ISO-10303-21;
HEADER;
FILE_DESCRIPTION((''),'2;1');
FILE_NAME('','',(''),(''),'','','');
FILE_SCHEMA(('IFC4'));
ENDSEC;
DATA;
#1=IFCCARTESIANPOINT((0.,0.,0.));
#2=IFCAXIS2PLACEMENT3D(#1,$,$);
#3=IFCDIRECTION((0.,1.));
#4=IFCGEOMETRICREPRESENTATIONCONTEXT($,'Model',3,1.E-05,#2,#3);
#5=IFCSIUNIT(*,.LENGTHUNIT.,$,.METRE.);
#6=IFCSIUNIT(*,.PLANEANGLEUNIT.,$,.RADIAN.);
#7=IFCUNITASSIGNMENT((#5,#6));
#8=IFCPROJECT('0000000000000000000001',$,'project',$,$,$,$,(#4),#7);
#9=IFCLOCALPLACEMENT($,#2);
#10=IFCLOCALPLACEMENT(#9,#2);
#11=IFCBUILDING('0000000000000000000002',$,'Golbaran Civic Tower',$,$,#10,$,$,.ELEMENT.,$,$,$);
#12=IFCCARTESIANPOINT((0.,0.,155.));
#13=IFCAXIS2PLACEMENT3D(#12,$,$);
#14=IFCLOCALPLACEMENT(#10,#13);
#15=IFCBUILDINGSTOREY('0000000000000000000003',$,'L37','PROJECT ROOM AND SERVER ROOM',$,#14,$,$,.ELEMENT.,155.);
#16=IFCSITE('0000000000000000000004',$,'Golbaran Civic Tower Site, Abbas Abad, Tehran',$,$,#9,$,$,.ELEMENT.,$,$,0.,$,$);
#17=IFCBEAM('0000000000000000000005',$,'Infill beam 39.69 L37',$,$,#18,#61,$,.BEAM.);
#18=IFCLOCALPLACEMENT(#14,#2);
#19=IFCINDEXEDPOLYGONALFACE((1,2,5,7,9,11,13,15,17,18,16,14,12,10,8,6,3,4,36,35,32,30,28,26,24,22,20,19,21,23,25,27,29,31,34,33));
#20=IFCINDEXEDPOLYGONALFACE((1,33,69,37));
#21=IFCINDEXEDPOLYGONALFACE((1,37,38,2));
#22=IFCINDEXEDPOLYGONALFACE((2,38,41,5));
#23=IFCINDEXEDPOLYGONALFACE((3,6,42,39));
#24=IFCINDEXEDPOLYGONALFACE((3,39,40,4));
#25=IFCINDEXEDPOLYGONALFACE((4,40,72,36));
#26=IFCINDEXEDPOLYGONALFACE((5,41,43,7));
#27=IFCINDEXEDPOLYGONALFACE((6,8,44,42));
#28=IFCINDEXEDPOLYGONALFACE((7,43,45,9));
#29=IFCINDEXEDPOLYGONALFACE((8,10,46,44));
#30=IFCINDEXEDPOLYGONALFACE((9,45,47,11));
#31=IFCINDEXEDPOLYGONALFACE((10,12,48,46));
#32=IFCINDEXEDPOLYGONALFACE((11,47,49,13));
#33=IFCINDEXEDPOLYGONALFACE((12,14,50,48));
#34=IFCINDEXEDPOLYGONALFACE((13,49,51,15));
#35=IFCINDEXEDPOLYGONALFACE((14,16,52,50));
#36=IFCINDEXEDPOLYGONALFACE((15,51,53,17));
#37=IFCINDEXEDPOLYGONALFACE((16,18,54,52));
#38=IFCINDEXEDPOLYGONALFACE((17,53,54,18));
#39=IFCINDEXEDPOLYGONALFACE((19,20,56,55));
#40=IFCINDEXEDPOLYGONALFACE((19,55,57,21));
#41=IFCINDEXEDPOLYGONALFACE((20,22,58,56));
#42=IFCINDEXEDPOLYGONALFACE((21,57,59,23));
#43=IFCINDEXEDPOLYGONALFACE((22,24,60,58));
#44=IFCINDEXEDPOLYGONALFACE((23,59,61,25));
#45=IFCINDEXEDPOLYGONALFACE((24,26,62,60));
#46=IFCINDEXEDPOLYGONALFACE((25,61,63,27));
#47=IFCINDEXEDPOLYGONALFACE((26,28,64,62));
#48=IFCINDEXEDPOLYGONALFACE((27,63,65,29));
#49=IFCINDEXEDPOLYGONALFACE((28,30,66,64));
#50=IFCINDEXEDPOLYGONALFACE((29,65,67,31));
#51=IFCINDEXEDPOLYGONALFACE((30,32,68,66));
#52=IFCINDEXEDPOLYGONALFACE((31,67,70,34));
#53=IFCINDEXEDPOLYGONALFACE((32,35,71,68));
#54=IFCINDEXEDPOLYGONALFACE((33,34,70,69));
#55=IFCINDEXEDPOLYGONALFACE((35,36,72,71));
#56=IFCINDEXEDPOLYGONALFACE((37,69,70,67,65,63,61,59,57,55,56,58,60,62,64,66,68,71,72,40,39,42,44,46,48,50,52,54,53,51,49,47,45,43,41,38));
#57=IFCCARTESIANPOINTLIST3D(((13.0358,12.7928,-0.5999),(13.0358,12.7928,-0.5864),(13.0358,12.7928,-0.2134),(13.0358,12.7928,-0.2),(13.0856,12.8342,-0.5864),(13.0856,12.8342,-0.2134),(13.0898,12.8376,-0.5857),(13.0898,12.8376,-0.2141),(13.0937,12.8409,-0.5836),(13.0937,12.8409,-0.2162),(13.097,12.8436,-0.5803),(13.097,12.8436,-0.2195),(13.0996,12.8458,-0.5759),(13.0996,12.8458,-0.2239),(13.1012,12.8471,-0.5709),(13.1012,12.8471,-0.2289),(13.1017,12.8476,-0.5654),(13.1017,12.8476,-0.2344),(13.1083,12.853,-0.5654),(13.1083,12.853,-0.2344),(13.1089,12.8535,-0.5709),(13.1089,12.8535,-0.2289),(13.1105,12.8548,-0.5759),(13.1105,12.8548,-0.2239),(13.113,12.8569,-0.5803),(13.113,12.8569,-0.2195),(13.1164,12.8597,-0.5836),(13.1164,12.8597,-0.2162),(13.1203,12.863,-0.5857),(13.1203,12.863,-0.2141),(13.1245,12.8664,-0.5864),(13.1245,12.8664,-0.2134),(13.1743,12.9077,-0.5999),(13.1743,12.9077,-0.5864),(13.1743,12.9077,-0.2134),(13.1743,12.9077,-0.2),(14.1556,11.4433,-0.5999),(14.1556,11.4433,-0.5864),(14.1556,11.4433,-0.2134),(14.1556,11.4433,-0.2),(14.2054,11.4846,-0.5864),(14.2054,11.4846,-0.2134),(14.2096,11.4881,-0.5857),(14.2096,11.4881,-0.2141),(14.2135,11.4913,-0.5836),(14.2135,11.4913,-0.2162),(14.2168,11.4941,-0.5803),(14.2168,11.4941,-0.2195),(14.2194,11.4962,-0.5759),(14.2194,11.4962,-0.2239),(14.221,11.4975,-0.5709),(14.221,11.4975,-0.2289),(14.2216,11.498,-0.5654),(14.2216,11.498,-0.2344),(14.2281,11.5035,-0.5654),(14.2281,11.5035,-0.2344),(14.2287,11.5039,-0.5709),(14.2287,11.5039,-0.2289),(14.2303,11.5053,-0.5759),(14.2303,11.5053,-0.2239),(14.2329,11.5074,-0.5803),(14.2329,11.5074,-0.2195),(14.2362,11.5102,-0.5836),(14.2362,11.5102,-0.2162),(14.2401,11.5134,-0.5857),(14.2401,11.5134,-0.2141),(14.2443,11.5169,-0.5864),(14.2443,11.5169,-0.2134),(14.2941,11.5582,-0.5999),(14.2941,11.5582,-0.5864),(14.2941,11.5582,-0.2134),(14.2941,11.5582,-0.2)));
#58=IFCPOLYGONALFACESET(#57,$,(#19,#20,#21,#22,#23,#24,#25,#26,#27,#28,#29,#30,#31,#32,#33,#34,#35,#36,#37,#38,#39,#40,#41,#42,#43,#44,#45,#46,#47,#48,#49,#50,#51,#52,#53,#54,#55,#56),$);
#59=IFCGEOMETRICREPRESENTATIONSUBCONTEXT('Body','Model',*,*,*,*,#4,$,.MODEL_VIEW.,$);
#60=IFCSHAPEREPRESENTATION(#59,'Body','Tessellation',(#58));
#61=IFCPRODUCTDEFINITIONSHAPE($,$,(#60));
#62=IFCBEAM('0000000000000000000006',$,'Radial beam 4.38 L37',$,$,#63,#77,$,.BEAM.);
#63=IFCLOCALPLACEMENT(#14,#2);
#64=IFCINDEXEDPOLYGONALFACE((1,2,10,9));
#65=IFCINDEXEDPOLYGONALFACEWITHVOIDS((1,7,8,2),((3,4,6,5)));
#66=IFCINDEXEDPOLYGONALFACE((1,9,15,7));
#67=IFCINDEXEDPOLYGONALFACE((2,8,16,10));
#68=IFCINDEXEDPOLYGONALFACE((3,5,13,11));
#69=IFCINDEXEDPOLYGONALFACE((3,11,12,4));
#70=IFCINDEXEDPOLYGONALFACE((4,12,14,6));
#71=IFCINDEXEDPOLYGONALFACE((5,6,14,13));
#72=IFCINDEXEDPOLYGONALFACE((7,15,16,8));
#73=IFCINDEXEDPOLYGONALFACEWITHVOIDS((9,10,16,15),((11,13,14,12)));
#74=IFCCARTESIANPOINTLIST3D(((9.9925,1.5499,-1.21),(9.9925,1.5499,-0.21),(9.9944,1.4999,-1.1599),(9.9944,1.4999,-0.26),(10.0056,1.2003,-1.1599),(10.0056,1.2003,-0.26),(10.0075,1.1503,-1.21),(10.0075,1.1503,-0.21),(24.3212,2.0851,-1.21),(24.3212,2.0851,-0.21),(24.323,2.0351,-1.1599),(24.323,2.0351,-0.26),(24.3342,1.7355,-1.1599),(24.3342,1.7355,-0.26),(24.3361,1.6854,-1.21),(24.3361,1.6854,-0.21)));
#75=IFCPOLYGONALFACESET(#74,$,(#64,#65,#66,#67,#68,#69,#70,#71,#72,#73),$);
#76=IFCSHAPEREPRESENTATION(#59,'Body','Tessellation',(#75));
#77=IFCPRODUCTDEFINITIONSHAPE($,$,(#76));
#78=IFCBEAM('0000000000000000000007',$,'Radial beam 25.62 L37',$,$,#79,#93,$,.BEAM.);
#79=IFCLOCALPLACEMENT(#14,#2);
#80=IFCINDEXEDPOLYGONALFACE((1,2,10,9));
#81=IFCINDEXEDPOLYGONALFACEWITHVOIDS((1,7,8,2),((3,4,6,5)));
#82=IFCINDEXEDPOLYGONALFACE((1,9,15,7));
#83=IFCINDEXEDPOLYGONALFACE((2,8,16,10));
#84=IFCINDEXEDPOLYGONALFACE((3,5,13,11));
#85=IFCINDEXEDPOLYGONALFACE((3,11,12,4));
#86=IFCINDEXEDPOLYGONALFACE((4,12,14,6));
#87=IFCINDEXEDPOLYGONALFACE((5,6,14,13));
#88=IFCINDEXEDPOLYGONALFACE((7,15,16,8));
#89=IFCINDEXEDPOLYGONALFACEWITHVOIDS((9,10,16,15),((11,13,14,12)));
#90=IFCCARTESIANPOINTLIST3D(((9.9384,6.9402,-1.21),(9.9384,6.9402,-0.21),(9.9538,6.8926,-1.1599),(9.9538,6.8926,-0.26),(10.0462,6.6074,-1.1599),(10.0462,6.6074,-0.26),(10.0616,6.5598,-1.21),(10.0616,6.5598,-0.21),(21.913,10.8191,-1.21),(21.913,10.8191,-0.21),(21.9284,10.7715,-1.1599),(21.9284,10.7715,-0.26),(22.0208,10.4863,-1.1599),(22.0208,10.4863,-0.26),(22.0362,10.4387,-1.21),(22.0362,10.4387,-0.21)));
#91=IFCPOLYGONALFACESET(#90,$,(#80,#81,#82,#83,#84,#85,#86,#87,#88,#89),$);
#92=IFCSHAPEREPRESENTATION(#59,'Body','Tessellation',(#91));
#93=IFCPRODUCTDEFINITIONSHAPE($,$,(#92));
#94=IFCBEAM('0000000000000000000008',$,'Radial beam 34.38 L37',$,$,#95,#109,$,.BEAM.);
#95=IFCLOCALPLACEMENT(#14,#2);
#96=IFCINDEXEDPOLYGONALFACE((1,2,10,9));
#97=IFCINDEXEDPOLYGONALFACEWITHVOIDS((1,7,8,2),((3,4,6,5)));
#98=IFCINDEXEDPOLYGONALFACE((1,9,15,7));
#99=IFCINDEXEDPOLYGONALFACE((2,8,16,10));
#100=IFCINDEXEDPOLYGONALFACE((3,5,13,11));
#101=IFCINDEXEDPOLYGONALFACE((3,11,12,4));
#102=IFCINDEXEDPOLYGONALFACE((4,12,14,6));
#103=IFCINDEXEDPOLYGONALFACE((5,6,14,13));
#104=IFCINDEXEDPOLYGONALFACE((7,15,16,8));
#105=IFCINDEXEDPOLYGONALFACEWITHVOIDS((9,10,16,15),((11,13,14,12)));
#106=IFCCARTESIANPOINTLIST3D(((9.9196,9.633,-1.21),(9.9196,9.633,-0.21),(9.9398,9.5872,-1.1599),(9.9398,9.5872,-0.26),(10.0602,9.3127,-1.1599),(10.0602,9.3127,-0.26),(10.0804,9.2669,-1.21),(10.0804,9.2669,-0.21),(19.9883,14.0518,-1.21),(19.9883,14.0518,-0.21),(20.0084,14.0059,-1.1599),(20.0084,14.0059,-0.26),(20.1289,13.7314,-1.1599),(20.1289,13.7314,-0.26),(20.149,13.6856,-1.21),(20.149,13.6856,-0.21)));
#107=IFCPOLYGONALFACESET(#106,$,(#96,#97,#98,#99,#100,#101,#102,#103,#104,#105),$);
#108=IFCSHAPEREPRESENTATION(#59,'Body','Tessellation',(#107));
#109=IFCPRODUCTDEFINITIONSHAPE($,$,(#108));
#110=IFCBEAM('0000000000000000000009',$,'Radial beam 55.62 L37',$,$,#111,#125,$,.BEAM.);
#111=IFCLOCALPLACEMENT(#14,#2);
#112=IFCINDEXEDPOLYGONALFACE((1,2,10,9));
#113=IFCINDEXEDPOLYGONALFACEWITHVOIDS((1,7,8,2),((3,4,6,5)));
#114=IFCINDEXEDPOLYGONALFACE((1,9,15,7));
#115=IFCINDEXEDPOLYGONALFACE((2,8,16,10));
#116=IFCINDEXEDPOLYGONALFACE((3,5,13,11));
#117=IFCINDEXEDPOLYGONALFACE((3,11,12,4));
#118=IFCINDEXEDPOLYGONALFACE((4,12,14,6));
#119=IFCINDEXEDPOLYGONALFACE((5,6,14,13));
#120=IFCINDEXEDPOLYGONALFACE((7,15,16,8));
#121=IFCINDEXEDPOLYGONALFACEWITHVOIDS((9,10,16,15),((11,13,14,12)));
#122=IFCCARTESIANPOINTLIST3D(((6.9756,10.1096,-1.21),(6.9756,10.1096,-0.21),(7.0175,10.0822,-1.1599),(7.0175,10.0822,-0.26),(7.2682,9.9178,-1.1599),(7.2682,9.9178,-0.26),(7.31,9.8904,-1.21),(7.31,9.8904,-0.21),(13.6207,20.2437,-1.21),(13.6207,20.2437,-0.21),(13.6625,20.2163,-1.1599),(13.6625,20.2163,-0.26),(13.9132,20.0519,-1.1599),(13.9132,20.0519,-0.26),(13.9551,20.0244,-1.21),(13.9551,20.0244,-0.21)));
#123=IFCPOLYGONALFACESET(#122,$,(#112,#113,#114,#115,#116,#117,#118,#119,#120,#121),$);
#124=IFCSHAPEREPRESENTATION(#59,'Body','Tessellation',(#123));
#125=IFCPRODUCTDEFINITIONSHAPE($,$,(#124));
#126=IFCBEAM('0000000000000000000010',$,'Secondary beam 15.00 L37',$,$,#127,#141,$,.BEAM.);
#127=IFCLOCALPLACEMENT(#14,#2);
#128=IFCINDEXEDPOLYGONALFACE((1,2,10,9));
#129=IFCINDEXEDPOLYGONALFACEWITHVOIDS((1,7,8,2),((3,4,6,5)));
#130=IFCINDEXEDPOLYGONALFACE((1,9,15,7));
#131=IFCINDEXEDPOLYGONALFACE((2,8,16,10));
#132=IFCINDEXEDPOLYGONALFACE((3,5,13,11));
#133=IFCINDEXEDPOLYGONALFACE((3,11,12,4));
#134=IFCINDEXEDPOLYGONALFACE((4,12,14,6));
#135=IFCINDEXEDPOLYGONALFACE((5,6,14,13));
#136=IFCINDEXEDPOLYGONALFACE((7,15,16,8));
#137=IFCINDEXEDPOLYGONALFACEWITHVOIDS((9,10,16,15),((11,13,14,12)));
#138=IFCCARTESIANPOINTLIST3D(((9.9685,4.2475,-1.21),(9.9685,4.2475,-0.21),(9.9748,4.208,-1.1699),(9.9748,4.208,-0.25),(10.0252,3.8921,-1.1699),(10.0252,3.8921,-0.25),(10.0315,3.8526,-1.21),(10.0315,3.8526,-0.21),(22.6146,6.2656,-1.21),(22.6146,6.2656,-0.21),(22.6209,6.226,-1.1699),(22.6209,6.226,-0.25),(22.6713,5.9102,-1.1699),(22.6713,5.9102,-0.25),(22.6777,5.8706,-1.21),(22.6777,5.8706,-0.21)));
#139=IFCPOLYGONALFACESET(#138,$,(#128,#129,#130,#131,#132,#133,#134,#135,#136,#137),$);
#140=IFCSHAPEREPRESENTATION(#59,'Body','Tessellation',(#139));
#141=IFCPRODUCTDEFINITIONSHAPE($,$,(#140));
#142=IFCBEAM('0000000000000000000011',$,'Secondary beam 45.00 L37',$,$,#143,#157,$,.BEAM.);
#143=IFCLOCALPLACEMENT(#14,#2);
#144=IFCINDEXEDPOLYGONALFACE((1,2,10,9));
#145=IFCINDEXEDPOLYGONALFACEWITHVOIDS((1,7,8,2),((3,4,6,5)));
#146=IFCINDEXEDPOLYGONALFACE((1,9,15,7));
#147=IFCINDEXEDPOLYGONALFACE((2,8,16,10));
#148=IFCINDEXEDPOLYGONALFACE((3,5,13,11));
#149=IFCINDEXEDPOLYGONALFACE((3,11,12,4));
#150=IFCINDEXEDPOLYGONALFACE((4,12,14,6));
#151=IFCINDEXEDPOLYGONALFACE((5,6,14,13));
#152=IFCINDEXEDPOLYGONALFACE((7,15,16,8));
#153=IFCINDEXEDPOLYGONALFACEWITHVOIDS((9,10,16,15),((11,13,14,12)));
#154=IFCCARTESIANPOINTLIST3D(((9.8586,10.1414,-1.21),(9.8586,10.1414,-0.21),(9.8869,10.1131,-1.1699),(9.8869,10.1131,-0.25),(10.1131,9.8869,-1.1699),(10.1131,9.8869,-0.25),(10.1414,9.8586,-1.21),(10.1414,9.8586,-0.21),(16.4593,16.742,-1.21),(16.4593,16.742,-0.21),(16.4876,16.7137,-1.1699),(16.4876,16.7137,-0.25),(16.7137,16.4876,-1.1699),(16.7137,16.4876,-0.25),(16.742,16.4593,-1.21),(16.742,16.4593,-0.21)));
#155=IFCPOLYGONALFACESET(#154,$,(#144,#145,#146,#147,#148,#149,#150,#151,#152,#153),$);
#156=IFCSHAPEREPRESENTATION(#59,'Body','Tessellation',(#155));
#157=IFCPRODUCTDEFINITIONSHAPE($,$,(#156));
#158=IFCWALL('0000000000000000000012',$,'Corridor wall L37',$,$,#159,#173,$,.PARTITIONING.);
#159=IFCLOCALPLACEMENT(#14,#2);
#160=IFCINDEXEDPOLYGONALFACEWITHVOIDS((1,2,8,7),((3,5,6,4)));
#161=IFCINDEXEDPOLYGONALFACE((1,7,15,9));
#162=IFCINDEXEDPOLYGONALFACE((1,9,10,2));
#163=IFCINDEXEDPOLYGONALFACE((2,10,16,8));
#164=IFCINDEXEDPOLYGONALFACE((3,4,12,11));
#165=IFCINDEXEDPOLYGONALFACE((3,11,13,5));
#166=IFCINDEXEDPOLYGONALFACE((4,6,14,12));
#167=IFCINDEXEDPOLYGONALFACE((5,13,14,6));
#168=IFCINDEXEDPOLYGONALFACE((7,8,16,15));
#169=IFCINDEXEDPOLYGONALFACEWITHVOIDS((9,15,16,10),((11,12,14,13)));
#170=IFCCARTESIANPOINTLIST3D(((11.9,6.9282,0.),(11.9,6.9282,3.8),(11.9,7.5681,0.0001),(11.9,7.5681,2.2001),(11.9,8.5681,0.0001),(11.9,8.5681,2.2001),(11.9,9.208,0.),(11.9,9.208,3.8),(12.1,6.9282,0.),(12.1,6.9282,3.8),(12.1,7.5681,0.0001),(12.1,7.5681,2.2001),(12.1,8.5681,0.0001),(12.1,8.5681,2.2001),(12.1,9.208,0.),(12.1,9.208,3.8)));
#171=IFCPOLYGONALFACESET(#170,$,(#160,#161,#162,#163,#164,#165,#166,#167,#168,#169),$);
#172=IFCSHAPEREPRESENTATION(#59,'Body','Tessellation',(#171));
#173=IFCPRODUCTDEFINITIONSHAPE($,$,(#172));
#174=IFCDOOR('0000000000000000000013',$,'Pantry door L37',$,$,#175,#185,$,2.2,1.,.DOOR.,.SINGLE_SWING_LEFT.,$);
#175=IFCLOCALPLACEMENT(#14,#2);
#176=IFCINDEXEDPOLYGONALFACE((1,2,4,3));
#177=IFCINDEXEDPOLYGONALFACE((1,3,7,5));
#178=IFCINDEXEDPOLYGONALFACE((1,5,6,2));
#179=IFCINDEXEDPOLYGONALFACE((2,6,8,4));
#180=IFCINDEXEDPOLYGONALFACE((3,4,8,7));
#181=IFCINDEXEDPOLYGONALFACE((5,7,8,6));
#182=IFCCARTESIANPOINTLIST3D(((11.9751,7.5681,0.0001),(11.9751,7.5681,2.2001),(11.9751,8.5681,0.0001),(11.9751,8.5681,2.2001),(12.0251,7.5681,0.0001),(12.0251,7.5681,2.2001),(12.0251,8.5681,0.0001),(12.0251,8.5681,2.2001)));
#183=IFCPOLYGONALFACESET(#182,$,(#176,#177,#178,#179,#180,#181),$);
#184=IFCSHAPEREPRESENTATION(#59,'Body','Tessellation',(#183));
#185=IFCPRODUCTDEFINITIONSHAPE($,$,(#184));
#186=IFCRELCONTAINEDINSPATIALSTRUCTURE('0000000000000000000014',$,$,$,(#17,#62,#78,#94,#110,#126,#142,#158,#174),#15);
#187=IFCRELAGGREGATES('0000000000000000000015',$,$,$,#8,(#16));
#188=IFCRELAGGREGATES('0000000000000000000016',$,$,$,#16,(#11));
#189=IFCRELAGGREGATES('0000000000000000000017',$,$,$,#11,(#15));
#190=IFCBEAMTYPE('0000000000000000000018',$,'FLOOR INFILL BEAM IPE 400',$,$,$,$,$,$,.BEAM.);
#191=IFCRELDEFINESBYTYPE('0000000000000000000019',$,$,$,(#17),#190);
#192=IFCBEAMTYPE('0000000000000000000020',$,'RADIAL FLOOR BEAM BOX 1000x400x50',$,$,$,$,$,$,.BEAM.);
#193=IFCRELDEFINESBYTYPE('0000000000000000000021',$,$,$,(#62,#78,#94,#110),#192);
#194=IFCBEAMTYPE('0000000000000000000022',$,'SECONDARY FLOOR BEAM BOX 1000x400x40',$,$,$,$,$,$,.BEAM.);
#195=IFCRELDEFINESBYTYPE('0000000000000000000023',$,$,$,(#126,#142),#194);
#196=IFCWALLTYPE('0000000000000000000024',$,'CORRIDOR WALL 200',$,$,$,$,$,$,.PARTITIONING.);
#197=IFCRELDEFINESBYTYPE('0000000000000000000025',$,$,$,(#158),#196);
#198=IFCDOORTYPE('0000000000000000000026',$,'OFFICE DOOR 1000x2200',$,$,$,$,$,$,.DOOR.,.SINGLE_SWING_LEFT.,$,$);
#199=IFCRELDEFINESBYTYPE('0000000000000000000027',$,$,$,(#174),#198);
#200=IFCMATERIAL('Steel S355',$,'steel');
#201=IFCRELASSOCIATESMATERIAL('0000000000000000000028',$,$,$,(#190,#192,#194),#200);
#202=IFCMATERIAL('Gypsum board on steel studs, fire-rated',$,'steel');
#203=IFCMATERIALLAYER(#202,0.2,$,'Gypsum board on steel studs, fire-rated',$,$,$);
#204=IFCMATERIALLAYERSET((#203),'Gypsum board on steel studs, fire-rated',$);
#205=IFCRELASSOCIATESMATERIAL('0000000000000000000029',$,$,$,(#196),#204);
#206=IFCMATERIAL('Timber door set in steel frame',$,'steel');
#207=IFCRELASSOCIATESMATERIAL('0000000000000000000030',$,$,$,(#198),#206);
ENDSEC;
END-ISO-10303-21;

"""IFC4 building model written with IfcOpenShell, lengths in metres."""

from ifc_helpers import new_model, si_unit, direction, frame, frame_2d, origin, origin_2d, place, context, subcontext, project, spatial, rectangle, hollow_rectangle, i_section, extrude, material, layer, layer_set, material_profile, profile_set, type_object, element, fill, save


model = new_model("IFC4")

# Units and contexts
model_context = context("Model", 3, precision=1e-05, world=origin(), true_north=direction((0.0, 1.0)))
body_context = subcontext(model_context, "Body", "Model", "MODEL_VIEW")
ifc_project = project(units=[si_unit("LENGTHUNIT", "METRE"), si_unit("PLANEANGLEUNIT", "RADIAN")], contexts=[model_context])

# Site, building, storey
site_placement = place(None, origin())
site = spatial("IfcSite", under=ifc_project, at=site_placement, Name="Golbaran Civic Tower Site, Abbas Abad, Tehran", CompositionType="ELEMENT", RefElevation=0.0)
building_placement = place(site_placement, origin())
building = spatial("IfcBuilding", under=site, at=building_placement, Name="Golbaran Civic Tower", CompositionType="ELEMENT")
storey_placement = place(building_placement, frame((0.0, 0.0, 155.0)))
storey = spatial("IfcBuildingStorey", under=building, at=storey_placement, Name="L37", Description="PROJECT ROOM AND SERVER ROOM", CompositionType="ELEMENT", Elevation=155.0)

# Beams
ifc_material_1 = material(Name="Steel S355", Category="steel")
ifc_material_profile_1 = material_profile(ifc_material_1, i_section(OverallWidth=0.1799, OverallDepth=0.3999, WebThickness=0.0085, FlangeThickness=0.0134, FilletRadius=0.021, at=origin_2d()), Name="IPE 400")
ifc_profile_set_1 = profile_set([ifc_material_profile_1], Name="Steel S355")
beam_type_1 = type_object("IfcBeamType", Name="FLOOR INFILL BEAM IPE 400", PredefinedType="BEAM", material=ifc_profile_set_1)
beam_1_placement = place(storey_placement, frame((14.2249, 11.5007, -0.3999), z_axis=(-0.638567, 0.769566, 0.0), x_axis=(-0.769566, -0.638567, 0.0)))
element("IfcBeam", 1, at=beam_1_placement, inside=storey, type_object=beam_type_1, Name="Infill beam 39.69 L37", PredefinedType="BEAM", context=body_context, shape_type="SweptSolid", body=[
    extrude(i_section(OverallWidth=0.1799, OverallDepth=0.3999, WebThickness=0.0085, FlangeThickness=0.0134, FilletRadius=0.021, at=origin_2d()), origin(), (0.0, 0.0, 1.0), 1.7537),
])
ifc_material_profile_2 = material_profile(ifc_material_1, hollow_rectangle(XDim=0.3999, YDim=1.0, WallThickness=0.05, at=origin_2d()), Name="BOX 1000x400x50")
ifc_profile_set_2 = profile_set([ifc_material_profile_2], Name="Steel S355")
beam_type_2 = type_object("IfcBeamType", Name="RADIAL FLOOR BEAM BOX 1000x400x50", PredefinedType="BEAM", material=ifc_profile_set_2)
beam_2_placement = place(storey_placement, frame((10.0, 1.3501, -0.71), z_axis=(0.999303, 0.037323, 0.0), x_axis=(-0.037323, 0.999303, 0.0)))
element("IfcBeam", 2, at=beam_2_placement, inside=storey, type_object=beam_type_2, Name="Radial beam 4.38 L37", PredefinedType="BEAM", context=body_context, shape_type="SweptSolid", body=[
    extrude(hollow_rectangle(XDim=0.3999, YDim=1.0, WallThickness=0.05, at=origin_2d()), origin(), (0.0, 0.0, 1.0), 14.3386),
])
beam_3_placement = place(storey_placement, frame((10.0, 6.75, -0.71), z_axis=(0.951334, 0.308163, 0.0), x_axis=(-0.308163, 0.951334, 0.0)))
element("IfcBeam", 3, at=beam_3_placement, inside=storey, type_object=beam_type_2, Name="Radial beam 25.62 L37", PredefinedType="BEAM", context=body_context, shape_type="SweptSolid", body=[
    extrude(hollow_rectangle(XDim=0.3999, YDim=1.0, WallThickness=0.05, at=origin_2d()), origin(), (0.0, 0.0, 1.0), 12.5872),
])
beam_4_placement = place(storey_placement, frame((10.0, 9.45, -0.71), z_axis=(0.9157, 0.401863, 0.0), x_axis=(-0.401863, 0.9157, 0.0)))
element("IfcBeam", 4, at=beam_4_placement, inside=storey, type_object=beam_type_2, Name="Radial beam 34.38 L37", PredefinedType="BEAM", context=body_context, shape_type="SweptSolid", body=[
    extrude(hollow_rectangle(XDim=0.3999, YDim=1.0, WallThickness=0.05, at=origin_2d()), origin(), (0.0, 0.0, 1.0), 10.9956),
])
beam_5_placement = place(storey_placement, frame((7.1428, 10.0, -0.71), z_axis=(0.548343, 0.836254, 0.0), x_axis=(-0.836254, 0.548343, 0.0)))
element("IfcBeam", 5, at=beam_5_placement, inside=storey, type_object=beam_type_2, Name="Radial beam 55.62 L37", PredefinedType="BEAM", context=body_context, shape_type="SweptSolid", body=[
    extrude(hollow_rectangle(XDim=0.3999, YDim=1.0, WallThickness=0.05, at=origin_2d()), origin(), (0.0, 0.0, 1.0), 12.1184),
])
ifc_material_profile_3 = material_profile(ifc_material_1, hollow_rectangle(XDim=0.3999, YDim=1.0, WallThickness=0.04, at=origin_2d()), Name="BOX 1000x400x40")
ifc_profile_set_3 = profile_set([ifc_material_profile_3], Name="Steel S355")
beam_type_3 = type_object("IfcBeamType", Name="SECONDARY FLOOR BEAM BOX 1000x400x40", PredefinedType="BEAM", material=ifc_profile_set_3)
beam_6_placement = place(storey_placement, frame((10.0, 4.05, -0.71), z_axis=(0.987506, 0.157585, 0.0), x_axis=(-0.157585, 0.987506, 0.0)))
element("IfcBeam", 6, at=beam_6_placement, inside=storey, type_object=beam_type_3, Name="Secondary beam 15.00 L37", PredefinedType="BEAM", context=body_context, shape_type="SweptSolid", body=[
    extrude(hollow_rectangle(XDim=0.3999, YDim=1.0, WallThickness=0.04, at=origin_2d()), origin(), (0.0, 0.0, 1.0), 12.8062),
])
beam_7_placement = place(storey_placement, frame((10.0, 10.0, -0.71), z_axis=(0.707107, 0.707107, 0.0), x_axis=(-0.707107, 0.707107, 0.0)))
element("IfcBeam", 7, at=beam_7_placement, inside=storey, type_object=beam_type_3, Name="Secondary beam 45.00 L37", PredefinedType="BEAM", context=body_context, shape_type="SweptSolid", body=[
    extrude(hollow_rectangle(XDim=0.3999, YDim=1.0, WallThickness=0.04, at=origin_2d()), origin(), (0.0, 0.0, 1.0), 9.3347),
])

# Wall, opening, door
ifc_material_2 = material(Name="Gypsum board on steel studs, fire-rated", Category="steel")
ifc_layer_1 = layer(ifc_material_2, 0.2, Name="Gypsum board on steel studs, fire-rated")
ifc_layer_set_1 = layer_set([ifc_layer_1], Name="Gypsum board on steel studs, fire-rated")
wall_type_1 = type_object("IfcWallType", Name="CORRIDOR WALL 200", PredefinedType="PARTITIONING", material=ifc_layer_set_1)
wall_1_placement = place(storey_placement, frame((12.0, 6.9282, 0.0), z_axis=(0.0, 0.0, 1.0), x_axis=(0.0, 1.0, 0.0)))
wall_1 = element("IfcWall", 8, at=wall_1_placement, inside=storey, type_object=wall_type_1, Name="Corridor wall L37", PredefinedType="PARTITIONING", context=body_context, shape_type="SweptSolid", body=[
    extrude(rectangle(XDim=2.2798, YDim=0.2, at=frame_2d((1.1399, 0.0))), origin(), (0.0, 0.0, 1.0), 3.8),
])
opening_1_placement = place(wall_1_placement, frame((0.6399, 0.0, 0.0)))
opening_1 = element("IfcOpeningElement", 9, at=opening_1_placement, cuts=wall_1, PredefinedType="OPENING", context=body_context, shape_type="SweptSolid", body=[
    extrude(rectangle(XDim=1.0, YDim=2.2, at=frame_2d((0.5, 1.1001))), frame((0.0, 0.1099, 0.0), z_axis=(0.0, -1.0, 0.0), x_axis=(1.0, 0.0, 0.0)), (0.0, 0.0, 1.0), 0.22),
])
ifc_material_3 = material(Name="Timber door set in steel frame", Category="steel")
door_type_1 = type_object("IfcDoorType", Name="OFFICE DOOR 1000x2200", OperationType="SINGLE_SWING_LEFT", PredefinedType="DOOR", material=ifc_material_3)
door_1_placement = place(opening_1_placement, origin())
door_1 = element("IfcDoor", 10, at=door_1_placement, inside=storey, type_object=door_type_1, Name="Pantry door L37", OperationType="SINGLE_SWING_LEFT", OverallHeight=2.2, OverallWidth=1.0, PredefinedType="DOOR", context=body_context, shape_type="SweptSolid", body=[
    extrude(rectangle(XDim=1.0, YDim=2.2, at=frame_2d((0.5, 1.1001))), frame((0.0, 0.0249, 0.0), z_axis=(0.0, -1.0, 0.0), x_axis=(1.0, 0.0, 0.0)), (0.0, 0.0, 1.0), 0.05),
])
fill(opening_1, door_1)

save(model, "model.ifc")
